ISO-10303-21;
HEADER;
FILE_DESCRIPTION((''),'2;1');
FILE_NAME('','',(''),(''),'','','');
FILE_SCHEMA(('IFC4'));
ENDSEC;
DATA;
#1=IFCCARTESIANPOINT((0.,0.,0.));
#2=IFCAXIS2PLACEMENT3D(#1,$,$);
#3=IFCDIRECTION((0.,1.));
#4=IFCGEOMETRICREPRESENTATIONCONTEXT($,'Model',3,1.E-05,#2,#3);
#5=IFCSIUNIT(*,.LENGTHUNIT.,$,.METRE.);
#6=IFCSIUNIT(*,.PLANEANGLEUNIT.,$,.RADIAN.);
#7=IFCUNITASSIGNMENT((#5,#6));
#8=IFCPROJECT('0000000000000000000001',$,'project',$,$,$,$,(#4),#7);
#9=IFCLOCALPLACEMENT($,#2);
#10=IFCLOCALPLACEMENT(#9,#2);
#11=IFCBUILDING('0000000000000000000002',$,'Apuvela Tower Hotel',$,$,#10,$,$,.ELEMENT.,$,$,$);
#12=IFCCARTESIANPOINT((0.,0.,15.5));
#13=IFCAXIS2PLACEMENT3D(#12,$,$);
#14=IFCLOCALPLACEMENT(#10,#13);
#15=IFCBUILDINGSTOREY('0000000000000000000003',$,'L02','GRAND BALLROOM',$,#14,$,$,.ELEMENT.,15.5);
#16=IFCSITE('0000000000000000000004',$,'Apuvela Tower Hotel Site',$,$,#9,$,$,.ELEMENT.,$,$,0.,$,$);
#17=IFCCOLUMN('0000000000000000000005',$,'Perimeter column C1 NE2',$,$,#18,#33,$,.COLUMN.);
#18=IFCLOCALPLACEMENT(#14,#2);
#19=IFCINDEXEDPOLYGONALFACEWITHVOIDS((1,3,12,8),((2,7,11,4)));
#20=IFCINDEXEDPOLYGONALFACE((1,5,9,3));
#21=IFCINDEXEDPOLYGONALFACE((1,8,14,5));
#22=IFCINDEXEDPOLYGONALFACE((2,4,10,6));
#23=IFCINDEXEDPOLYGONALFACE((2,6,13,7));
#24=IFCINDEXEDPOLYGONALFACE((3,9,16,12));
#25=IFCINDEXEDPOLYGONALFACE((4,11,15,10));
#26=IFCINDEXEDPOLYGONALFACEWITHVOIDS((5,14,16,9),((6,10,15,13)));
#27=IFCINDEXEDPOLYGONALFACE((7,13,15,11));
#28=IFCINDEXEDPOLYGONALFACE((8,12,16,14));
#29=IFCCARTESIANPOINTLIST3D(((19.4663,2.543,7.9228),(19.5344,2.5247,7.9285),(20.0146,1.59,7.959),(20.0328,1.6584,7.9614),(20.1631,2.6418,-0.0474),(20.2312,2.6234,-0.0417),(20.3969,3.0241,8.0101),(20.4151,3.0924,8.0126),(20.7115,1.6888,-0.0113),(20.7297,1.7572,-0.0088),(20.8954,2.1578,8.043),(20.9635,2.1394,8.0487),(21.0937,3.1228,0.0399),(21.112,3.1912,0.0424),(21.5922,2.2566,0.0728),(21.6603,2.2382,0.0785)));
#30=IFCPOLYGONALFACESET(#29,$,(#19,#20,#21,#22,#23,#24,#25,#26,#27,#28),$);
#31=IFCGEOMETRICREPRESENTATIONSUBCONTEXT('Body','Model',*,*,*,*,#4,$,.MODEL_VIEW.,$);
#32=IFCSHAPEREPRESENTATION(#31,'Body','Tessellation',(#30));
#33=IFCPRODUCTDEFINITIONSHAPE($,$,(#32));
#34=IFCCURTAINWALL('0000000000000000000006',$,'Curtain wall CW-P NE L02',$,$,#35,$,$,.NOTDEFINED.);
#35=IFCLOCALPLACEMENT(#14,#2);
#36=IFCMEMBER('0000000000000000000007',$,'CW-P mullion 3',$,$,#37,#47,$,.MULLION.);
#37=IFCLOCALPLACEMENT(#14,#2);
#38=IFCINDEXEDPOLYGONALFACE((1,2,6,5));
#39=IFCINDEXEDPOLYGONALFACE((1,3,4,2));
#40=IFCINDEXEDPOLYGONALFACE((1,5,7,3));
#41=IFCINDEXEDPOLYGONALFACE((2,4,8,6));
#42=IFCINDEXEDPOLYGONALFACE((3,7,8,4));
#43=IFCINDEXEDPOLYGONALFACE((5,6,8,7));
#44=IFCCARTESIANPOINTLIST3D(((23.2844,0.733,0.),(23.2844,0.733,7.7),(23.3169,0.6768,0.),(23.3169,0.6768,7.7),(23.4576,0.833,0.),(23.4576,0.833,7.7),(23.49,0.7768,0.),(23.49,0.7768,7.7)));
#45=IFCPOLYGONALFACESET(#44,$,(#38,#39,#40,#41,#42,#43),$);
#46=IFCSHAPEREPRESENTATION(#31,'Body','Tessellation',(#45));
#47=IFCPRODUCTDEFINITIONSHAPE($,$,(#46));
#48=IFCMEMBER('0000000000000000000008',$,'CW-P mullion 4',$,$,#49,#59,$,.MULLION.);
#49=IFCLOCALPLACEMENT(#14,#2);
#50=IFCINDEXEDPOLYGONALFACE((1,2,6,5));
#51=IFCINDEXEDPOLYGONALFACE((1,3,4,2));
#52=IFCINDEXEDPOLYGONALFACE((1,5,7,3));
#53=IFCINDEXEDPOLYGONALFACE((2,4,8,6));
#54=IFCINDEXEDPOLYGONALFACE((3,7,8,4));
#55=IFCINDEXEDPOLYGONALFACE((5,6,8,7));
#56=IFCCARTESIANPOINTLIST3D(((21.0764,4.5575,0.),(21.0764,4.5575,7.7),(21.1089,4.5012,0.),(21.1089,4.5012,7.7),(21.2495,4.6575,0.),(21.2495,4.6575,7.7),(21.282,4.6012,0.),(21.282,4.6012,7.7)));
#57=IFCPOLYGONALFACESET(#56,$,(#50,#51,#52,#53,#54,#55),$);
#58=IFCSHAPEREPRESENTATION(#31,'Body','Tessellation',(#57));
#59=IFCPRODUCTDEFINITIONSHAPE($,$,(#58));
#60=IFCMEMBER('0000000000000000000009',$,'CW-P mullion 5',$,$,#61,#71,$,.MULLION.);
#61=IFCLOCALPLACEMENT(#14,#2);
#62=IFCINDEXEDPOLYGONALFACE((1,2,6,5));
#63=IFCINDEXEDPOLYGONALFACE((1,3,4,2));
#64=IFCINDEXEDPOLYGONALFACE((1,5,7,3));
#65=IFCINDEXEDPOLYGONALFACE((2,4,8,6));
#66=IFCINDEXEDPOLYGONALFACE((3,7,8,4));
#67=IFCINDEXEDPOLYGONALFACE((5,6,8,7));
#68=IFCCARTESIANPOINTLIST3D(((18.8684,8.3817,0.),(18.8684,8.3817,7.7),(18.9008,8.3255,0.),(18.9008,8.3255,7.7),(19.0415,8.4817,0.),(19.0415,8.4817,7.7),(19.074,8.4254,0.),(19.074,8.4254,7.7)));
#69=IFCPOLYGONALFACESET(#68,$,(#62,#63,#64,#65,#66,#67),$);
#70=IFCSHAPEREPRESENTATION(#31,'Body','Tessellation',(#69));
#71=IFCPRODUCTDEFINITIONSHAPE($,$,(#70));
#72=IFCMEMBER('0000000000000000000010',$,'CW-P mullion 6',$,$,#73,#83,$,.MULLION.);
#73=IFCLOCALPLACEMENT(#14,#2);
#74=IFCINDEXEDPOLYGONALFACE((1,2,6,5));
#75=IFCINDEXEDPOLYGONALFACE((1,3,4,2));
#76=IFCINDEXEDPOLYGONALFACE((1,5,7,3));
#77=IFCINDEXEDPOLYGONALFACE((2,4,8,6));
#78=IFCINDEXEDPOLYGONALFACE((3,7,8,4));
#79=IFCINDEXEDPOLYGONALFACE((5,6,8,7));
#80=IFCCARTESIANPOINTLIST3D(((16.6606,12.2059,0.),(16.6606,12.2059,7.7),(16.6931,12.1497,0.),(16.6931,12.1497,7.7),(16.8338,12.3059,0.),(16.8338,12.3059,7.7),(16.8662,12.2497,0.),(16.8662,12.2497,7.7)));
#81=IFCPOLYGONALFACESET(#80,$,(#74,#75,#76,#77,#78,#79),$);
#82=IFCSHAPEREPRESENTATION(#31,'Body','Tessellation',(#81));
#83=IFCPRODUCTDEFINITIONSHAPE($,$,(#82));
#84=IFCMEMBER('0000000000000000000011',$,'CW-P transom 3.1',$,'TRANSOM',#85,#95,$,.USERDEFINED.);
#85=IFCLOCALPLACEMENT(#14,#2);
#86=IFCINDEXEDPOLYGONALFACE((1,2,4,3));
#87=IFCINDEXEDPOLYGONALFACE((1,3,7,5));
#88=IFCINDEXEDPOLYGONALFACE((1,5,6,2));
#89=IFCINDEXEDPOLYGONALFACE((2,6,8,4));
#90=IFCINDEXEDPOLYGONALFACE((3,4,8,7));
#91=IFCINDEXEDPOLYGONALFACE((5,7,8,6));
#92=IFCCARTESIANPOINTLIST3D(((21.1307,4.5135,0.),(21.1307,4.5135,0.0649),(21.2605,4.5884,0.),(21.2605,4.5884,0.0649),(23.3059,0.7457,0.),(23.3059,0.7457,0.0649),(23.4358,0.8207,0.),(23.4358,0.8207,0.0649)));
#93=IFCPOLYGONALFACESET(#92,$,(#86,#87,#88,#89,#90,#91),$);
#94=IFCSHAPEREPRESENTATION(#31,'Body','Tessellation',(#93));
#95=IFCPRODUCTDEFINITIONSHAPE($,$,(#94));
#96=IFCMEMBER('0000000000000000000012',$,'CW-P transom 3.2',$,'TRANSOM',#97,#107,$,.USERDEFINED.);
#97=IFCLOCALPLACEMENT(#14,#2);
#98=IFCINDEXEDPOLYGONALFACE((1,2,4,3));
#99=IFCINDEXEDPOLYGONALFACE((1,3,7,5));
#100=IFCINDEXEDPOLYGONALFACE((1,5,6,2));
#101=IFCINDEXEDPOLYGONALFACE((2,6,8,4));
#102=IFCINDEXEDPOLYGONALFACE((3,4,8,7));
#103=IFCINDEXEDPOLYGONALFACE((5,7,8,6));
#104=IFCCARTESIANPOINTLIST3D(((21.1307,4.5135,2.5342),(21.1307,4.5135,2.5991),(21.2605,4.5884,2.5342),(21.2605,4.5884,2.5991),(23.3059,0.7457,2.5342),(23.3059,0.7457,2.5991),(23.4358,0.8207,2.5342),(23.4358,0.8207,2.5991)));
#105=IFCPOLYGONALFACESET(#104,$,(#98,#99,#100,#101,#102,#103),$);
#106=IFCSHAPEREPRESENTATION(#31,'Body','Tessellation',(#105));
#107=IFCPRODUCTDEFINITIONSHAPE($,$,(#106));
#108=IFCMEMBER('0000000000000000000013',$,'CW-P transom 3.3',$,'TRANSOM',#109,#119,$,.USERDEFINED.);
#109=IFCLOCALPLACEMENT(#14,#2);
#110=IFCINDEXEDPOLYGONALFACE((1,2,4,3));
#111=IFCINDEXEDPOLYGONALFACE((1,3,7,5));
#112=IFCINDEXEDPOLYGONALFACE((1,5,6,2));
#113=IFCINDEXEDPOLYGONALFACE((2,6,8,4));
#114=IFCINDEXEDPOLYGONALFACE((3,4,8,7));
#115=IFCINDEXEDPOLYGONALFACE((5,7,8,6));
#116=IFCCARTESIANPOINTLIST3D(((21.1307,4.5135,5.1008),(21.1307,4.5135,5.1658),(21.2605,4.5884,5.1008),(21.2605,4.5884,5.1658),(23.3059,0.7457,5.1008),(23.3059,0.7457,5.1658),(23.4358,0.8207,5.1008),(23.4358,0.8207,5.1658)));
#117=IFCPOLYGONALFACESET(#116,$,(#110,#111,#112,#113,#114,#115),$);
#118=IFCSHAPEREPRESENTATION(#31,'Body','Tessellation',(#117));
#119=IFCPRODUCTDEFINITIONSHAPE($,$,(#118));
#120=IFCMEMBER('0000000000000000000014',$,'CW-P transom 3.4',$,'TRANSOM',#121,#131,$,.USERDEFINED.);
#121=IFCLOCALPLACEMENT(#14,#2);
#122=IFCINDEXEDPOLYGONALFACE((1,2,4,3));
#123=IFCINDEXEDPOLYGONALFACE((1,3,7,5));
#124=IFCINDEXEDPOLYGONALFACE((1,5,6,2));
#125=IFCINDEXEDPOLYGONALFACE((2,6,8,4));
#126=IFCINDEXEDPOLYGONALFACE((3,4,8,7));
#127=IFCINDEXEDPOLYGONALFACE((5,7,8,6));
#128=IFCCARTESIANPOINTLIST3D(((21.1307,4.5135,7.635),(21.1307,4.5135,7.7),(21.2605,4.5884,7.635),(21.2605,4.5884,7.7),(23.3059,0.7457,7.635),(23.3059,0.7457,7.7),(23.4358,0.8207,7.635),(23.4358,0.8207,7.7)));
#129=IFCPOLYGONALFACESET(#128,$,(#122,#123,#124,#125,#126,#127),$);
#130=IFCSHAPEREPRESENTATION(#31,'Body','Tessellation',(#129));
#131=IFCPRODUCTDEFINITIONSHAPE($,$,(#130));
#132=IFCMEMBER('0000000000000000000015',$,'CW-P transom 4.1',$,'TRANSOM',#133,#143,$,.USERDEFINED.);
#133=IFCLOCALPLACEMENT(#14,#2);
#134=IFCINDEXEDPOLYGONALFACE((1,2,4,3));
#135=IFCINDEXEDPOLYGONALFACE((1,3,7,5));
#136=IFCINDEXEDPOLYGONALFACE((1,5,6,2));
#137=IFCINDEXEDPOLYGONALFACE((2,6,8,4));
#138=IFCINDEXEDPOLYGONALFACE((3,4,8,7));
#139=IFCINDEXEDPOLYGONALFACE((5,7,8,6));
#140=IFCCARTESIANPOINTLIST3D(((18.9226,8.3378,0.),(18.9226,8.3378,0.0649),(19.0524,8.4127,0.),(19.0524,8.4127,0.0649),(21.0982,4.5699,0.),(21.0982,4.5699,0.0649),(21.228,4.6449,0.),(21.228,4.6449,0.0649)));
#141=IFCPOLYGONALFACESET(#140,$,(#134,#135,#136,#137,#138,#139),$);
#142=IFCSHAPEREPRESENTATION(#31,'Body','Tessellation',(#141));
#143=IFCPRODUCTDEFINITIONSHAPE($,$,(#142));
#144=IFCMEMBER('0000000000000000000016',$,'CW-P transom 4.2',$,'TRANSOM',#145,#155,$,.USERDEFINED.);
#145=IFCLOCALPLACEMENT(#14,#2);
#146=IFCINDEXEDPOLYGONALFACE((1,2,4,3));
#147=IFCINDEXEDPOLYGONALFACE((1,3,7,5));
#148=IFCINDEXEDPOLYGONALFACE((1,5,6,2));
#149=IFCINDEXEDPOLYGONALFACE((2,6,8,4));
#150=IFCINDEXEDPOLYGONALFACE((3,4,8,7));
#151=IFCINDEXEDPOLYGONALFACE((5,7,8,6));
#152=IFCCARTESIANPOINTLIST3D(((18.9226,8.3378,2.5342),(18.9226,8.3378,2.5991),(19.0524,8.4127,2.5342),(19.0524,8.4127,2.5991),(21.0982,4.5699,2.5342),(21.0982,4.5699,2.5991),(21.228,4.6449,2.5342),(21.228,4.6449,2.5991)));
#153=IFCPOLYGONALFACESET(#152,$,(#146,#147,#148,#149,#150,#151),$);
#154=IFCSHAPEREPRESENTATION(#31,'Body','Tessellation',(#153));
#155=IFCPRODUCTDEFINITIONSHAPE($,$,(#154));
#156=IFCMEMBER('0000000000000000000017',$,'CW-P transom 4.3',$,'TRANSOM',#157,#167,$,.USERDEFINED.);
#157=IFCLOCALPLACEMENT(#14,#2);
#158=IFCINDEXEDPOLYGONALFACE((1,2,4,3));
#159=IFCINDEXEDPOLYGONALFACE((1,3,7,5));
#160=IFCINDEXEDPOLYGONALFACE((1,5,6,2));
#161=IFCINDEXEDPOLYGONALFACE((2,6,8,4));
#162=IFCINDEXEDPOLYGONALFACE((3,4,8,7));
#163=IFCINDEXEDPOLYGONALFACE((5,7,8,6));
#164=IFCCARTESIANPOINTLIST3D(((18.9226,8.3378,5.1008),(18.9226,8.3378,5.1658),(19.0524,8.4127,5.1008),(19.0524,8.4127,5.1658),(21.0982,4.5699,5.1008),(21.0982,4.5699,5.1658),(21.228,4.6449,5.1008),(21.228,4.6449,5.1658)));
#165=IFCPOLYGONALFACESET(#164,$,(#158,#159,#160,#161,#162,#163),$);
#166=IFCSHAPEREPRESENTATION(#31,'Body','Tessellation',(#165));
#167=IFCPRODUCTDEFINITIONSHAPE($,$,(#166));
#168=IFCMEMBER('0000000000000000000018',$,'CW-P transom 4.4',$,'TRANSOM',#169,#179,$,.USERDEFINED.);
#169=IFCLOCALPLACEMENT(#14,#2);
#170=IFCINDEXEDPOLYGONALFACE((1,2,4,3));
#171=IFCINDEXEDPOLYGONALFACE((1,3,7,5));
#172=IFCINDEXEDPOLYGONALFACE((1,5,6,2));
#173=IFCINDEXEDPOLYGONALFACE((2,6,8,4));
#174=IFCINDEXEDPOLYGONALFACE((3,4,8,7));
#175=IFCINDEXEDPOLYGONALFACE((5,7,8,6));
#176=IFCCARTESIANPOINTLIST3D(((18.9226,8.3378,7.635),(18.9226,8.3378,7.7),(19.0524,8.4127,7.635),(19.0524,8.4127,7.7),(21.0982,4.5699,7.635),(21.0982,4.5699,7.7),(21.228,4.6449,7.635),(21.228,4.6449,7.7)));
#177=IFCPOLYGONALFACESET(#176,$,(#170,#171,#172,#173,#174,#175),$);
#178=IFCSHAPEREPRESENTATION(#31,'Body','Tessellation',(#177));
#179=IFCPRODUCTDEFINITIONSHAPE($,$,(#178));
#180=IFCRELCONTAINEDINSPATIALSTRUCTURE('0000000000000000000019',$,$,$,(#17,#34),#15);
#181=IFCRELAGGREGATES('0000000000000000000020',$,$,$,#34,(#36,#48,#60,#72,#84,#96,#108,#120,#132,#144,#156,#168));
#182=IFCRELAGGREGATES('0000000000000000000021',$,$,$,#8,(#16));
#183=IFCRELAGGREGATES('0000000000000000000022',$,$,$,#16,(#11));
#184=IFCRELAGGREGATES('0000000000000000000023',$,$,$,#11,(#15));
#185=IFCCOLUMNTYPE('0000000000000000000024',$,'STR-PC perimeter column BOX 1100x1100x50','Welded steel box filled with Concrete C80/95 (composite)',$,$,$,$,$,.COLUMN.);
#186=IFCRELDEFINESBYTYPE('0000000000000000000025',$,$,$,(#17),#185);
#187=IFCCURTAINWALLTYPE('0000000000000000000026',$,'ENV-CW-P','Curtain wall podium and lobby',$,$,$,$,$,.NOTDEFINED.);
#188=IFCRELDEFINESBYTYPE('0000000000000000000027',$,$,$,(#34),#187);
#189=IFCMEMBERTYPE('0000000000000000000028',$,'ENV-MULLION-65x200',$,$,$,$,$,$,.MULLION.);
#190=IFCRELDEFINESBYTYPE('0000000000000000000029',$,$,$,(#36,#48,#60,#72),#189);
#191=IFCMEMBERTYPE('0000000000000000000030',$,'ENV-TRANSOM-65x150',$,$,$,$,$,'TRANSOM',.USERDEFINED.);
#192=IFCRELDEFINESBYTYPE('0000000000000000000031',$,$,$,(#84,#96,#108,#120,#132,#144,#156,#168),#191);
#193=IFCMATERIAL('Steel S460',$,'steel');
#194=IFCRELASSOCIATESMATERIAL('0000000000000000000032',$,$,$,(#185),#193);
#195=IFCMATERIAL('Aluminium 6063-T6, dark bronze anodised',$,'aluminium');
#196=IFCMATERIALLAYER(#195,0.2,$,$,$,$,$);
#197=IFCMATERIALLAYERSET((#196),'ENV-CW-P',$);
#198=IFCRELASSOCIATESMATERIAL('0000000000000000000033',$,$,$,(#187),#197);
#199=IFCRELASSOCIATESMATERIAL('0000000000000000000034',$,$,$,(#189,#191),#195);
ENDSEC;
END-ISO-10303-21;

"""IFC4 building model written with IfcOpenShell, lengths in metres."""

from ifc_helpers import new_model, si_unit, direction, frame, origin, origin_2d, place, context, subcontext, project, spatial, rectangle, hollow_rectangle, extrude, boolean, halfspace, material, layer, layer_set, material_profile, profile_set, type_object, element, aggregate, save


model = new_model("IFC4")

# Units and contexts
model_context = context("Model", 3, precision=1e-05, world=origin(), true_north=direction((0.0, 1.0)))
body_context = subcontext(model_context, "Body", "Model", "MODEL_VIEW")
ifc_project = project(units=[si_unit("LENGTHUNIT", "METRE"), si_unit("PLANEANGLEUNIT", "RADIAN")], contexts=[model_context])

# Site, building, storey
site_placement = place(None, origin())
site = spatial("IfcSite", under=ifc_project, at=site_placement, Name="Apuvela Tower Hotel Site", CompositionType="ELEMENT", RefElevation=0.0)
building_placement = place(site_placement, origin())
building = spatial("IfcBuilding", under=site, at=building_placement, Name="Apuvela Tower Hotel", CompositionType="ELEMENT")
storey_placement = place(building_placement, frame((0.0, 0.0, 15.5)))
storey = spatial("IfcBuildingStorey", under=building, at=storey_placement, Name="L02", Description="GRAND BALLROOM", CompositionType="ELEMENT", Elevation=15.5)

# Column
ifc_material_1 = material(Name="Steel S460", Category="steel")
ifc_material_profile_1 = material_profile(ifc_material_1, hollow_rectangle(XDim=1.1001, YDim=1.1001, WallThickness=0.05, at=origin_2d()), Name="BOX 1100x1100x50")
ifc_material_2 = material(Name="Concrete C80/95", Category="concrete")
ifc_material_profile_2 = material_profile(ifc_material_2, rectangle(XDim=1.0, YDim=1.0, at=origin_2d()), Name="Concrete C80/95 infill")
ifc_profile_set_1 = profile_set([ifc_material_profile_1, ifc_material_profile_2], Name="Steel S460")
column_type = type_object("IfcColumnType", Name="STR-PC perimeter column BOX 1100x1100x50", Description="Welded steel box filled with Concrete C80/95 (composite)", PredefinedType="COLUMN", material=ifc_profile_set_1)
column_placement = place(storey_placement, frame((20.9131, 2.4402, 0.0), z_axis=(-0.087094, -0.012342, 0.996124), x_axis=(0.498471, -0.866284, 0.032849)))
element("IfcColumn", 1, at=column_placement, inside=storey, type_object=column_type, Name="Perimeter column C1 NE2", PredefinedType="COLUMN", context=body_context, shape_type="SweptSolid", body=[
    boolean("DIFFERENCE", boolean("DIFFERENCE", extrude(hollow_rectangle(XDim=1.1001, YDim=1.1001, WallThickness=0.05, at=origin_2d()), origin(), (0.0, 0.0, 1.0), 8.0312), halfspace(frame((0.0, 0.0, 0.0156), z_axis=(0.0, 0.0, 1.0), x_axis=(1.0, 0.0, 0.0)), True)), halfspace(frame((0.0, 0.0, 8.0168), z_axis=(0.0, 0.0, 1.0), x_axis=(1.0, 0.0, 0.0)), False)),
])

# Curtain wall, members
ifc_material_3 = material(Name="Aluminium 6063-T6, dark bronze anodised", Category="aluminium")
ifc_layer_1 = layer(ifc_material_3, 0.2)
ifc_layer_set_1 = layer_set([ifc_layer_1], Name="ENV-CW-P")
curtain_wall_type = type_object("IfcCurtainWallType", Name="ENV-CW-P", Description="Curtain wall podium and lobby", PredefinedType="NOTDEFINED", material=ifc_layer_set_1)
curtain_wall_placement = place(storey_placement, origin())
curtain_wall = element("IfcCurtainWall", 2, at=curtain_wall_placement, inside=storey, type_object=curtain_wall_type, Name="Curtain wall CW-P NE L02", PredefinedType="NOTDEFINED")
ifc_material_profile_3 = material_profile(ifc_material_3, rectangle(XDim=0.2, YDim=0.0649, at=origin_2d()), Name="AL 65x200")
ifc_profile_set_2 = profile_set([ifc_material_profile_3], Name="Aluminium 6063-T6, dark bronze anodised")
member_type_1 = type_object("IfcMemberType", Name="ENV-MULLION-65x200", PredefinedType="MULLION", material=ifc_profile_set_2)
member_1_placement = place(storey_placement, frame((23.3872, 0.7549, 0.0), z_axis=(0.0, 0.0, 1.0), x_axis=(-0.866025, -0.500001, 0.0)))
member_1 = element("IfcMember", 3, at=member_1_placement, type_object=member_type_1, Name="CW-P mullion 3", PredefinedType="MULLION", context=body_context, shape_type="SweptSolid", body=[
    extrude(rectangle(XDim=0.2, YDim=0.0649, at=origin_2d()), origin(), (0.0, 0.0, 1.0), 7.7),
])
member_2_placement = place(storey_placement, frame((21.1792, 4.5793, 0.0), z_axis=(0.0, 0.0, 1.0), x_axis=(-0.866025, -0.500001, 0.0)))
member_2 = element("IfcMember", 4, at=member_2_placement, type_object=member_type_1, Name="CW-P mullion 4", PredefinedType="MULLION", context=body_context, shape_type="SweptSolid", body=[
    extrude(rectangle(XDim=0.2, YDim=0.0649, at=origin_2d()), origin(), (0.0, 0.0, 1.0), 7.7),
])
member_3_placement = place(storey_placement, frame((18.9712, 8.4036, 0.0), z_axis=(0.0, 0.0, 1.0), x_axis=(-0.866025, -0.500001, 0.0)))
member_3 = element("IfcMember", 5, at=member_3_placement, type_object=member_type_1, Name="CW-P mullion 5", PredefinedType="MULLION", context=body_context, shape_type="SweptSolid", body=[
    extrude(rectangle(XDim=0.2, YDim=0.0649, at=origin_2d()), origin(), (0.0, 0.0, 1.0), 7.7),
])
member_4_placement = place(storey_placement, frame((16.7634, 12.2278, 0.0), z_axis=(0.0, 0.0, 1.0), x_axis=(-0.866025, -0.500001, 0.0)))
member_4 = element("IfcMember", 6, at=member_4_placement, type_object=member_type_1, Name="CW-P mullion 6", PredefinedType="MULLION", context=body_context, shape_type="SweptSolid", body=[
    extrude(rectangle(XDim=0.2, YDim=0.0649, at=origin_2d()), origin(), (0.0, 0.0, 1.0), 7.7),
])
ifc_material_profile_4 = material_profile(ifc_material_3, rectangle(XDim=0.1499, YDim=0.0649, at=origin_2d()), Name="AL 65x150 transom")
ifc_profile_set_3 = profile_set([ifc_material_profile_4], Name="Aluminium 6063-T6, dark bronze anodised")
member_type_2 = type_object("IfcMemberType", Name="ENV-TRANSOM-65x150", ElementType="TRANSOM", PredefinedType="USERDEFINED", material=ifc_profile_set_3)
member_5_placement = place(storey_placement, frame((23.3708, 0.7832, 0.0325), z_axis=(-0.49999, 0.866031, 0.0), x_axis=(-0.866031, -0.49999, 0.0)))
member_5 = element("IfcMember", 7, at=member_5_placement, type_object=member_type_2, Name="CW-P transom 3.1", ObjectType="TRANSOM", PredefinedType="USERDEFINED", context=body_context, shape_type="SweptSolid", body=[
    extrude(rectangle(XDim=0.1499, YDim=0.0649, at=origin_2d()), origin(), (0.0, 0.0, 1.0), 4.3506),
])
member_6_placement = place(storey_placement, frame((23.3708, 0.7832, 2.5667), z_axis=(-0.49999, 0.866031, 0.0), x_axis=(-0.866031, -0.49999, 0.0)))
member_6 = element("IfcMember", 8, at=member_6_placement, type_object=member_type_2, Name="CW-P transom 3.2", ObjectType="TRANSOM", PredefinedType="USERDEFINED", context=body_context, shape_type="SweptSolid", body=[
    extrude(rectangle(XDim=0.1499, YDim=0.0649, at=origin_2d()), origin(), (0.0, 0.0, 1.0), 4.3506),
])
member_7_placement = place(storey_placement, frame((23.3708, 0.7832, 5.1333), z_axis=(-0.49999, 0.866031, 0.0), x_axis=(-0.866031, -0.49999, 0.0)))
member_7 = element("IfcMember", 9, at=member_7_placement, type_object=member_type_2, Name="CW-P transom 3.3", ObjectType="TRANSOM", PredefinedType="USERDEFINED", context=body_context, shape_type="SweptSolid", body=[
    extrude(rectangle(XDim=0.1499, YDim=0.0649, at=origin_2d()), origin(), (0.0, 0.0, 1.0), 4.3506),
])
member_8_placement = place(storey_placement, frame((23.3708, 0.7832, 7.6675), z_axis=(-0.49999, 0.866031, 0.0), x_axis=(-0.866031, -0.49999, 0.0)))
member_8 = element("IfcMember", 10, at=member_8_placement, type_object=member_type_2, Name="CW-P transom 3.4", ObjectType="TRANSOM", PredefinedType="USERDEFINED", context=body_context, shape_type="SweptSolid", body=[
    extrude(rectangle(XDim=0.1499, YDim=0.0649, at=origin_2d()), origin(), (0.0, 0.0, 1.0), 4.3506),
])
member_9_placement = place(storey_placement, frame((21.1631, 4.6074, 0.0325), z_axis=(-0.500032, 0.866007, 0.0), x_axis=(-0.866007, -0.500032, 0.0)))
member_9 = element("IfcMember", 11, at=member_9_placement, type_object=member_type_2, Name="CW-P transom 4.1", ObjectType="TRANSOM", PredefinedType="USERDEFINED", context=body_context, shape_type="SweptSolid", body=[
    extrude(rectangle(XDim=0.1499, YDim=0.0649, at=origin_2d()), origin(), (0.0, 0.0, 1.0), 4.3508),
])
member_10_placement = place(storey_placement, frame((21.1631, 4.6074, 2.5667), z_axis=(-0.500032, 0.866007, 0.0), x_axis=(-0.866007, -0.500032, 0.0)))
member_10 = element("IfcMember", 12, at=member_10_placement, type_object=member_type_2, Name="CW-P transom 4.2", ObjectType="TRANSOM", PredefinedType="USERDEFINED", context=body_context, shape_type="SweptSolid", body=[
    extrude(rectangle(XDim=0.1499, YDim=0.0649, at=origin_2d()), origin(), (0.0, 0.0, 1.0), 4.3508),
])
member_11_placement = place(storey_placement, frame((21.1631, 4.6074, 5.1333), z_axis=(-0.500032, 0.866007, 0.0), x_axis=(-0.866007, -0.500032, 0.0)))
member_11 = element("IfcMember", 13, at=member_11_placement, type_object=member_type_2, Name="CW-P transom 4.3", ObjectType="TRANSOM", PredefinedType="USERDEFINED", context=body_context, shape_type="SweptSolid", body=[
    extrude(rectangle(XDim=0.1499, YDim=0.0649, at=origin_2d()), origin(), (0.0, 0.0, 1.0), 4.3508),
])
member_12_placement = place(storey_placement, frame((21.1631, 4.6074, 7.6675), z_axis=(-0.500032, 0.866007, 0.0), x_axis=(-0.866007, -0.500032, 0.0)))
member_12 = element("IfcMember", 14, at=member_12_placement, type_object=member_type_2, Name="CW-P transom 4.4", ObjectType="TRANSOM", PredefinedType="USERDEFINED", context=body_context, shape_type="SweptSolid", body=[
    extrude(rectangle(XDim=0.1499, YDim=0.0649, at=origin_2d()), origin(), (0.0, 0.0, 1.0), 4.3508),
])

aggregate(curtain_wall, [member_1, member_2, member_3, member_4, member_5, member_6, member_7, member_8, member_9, member_10, member_11, member_12])

save(model, "model.ifc")
